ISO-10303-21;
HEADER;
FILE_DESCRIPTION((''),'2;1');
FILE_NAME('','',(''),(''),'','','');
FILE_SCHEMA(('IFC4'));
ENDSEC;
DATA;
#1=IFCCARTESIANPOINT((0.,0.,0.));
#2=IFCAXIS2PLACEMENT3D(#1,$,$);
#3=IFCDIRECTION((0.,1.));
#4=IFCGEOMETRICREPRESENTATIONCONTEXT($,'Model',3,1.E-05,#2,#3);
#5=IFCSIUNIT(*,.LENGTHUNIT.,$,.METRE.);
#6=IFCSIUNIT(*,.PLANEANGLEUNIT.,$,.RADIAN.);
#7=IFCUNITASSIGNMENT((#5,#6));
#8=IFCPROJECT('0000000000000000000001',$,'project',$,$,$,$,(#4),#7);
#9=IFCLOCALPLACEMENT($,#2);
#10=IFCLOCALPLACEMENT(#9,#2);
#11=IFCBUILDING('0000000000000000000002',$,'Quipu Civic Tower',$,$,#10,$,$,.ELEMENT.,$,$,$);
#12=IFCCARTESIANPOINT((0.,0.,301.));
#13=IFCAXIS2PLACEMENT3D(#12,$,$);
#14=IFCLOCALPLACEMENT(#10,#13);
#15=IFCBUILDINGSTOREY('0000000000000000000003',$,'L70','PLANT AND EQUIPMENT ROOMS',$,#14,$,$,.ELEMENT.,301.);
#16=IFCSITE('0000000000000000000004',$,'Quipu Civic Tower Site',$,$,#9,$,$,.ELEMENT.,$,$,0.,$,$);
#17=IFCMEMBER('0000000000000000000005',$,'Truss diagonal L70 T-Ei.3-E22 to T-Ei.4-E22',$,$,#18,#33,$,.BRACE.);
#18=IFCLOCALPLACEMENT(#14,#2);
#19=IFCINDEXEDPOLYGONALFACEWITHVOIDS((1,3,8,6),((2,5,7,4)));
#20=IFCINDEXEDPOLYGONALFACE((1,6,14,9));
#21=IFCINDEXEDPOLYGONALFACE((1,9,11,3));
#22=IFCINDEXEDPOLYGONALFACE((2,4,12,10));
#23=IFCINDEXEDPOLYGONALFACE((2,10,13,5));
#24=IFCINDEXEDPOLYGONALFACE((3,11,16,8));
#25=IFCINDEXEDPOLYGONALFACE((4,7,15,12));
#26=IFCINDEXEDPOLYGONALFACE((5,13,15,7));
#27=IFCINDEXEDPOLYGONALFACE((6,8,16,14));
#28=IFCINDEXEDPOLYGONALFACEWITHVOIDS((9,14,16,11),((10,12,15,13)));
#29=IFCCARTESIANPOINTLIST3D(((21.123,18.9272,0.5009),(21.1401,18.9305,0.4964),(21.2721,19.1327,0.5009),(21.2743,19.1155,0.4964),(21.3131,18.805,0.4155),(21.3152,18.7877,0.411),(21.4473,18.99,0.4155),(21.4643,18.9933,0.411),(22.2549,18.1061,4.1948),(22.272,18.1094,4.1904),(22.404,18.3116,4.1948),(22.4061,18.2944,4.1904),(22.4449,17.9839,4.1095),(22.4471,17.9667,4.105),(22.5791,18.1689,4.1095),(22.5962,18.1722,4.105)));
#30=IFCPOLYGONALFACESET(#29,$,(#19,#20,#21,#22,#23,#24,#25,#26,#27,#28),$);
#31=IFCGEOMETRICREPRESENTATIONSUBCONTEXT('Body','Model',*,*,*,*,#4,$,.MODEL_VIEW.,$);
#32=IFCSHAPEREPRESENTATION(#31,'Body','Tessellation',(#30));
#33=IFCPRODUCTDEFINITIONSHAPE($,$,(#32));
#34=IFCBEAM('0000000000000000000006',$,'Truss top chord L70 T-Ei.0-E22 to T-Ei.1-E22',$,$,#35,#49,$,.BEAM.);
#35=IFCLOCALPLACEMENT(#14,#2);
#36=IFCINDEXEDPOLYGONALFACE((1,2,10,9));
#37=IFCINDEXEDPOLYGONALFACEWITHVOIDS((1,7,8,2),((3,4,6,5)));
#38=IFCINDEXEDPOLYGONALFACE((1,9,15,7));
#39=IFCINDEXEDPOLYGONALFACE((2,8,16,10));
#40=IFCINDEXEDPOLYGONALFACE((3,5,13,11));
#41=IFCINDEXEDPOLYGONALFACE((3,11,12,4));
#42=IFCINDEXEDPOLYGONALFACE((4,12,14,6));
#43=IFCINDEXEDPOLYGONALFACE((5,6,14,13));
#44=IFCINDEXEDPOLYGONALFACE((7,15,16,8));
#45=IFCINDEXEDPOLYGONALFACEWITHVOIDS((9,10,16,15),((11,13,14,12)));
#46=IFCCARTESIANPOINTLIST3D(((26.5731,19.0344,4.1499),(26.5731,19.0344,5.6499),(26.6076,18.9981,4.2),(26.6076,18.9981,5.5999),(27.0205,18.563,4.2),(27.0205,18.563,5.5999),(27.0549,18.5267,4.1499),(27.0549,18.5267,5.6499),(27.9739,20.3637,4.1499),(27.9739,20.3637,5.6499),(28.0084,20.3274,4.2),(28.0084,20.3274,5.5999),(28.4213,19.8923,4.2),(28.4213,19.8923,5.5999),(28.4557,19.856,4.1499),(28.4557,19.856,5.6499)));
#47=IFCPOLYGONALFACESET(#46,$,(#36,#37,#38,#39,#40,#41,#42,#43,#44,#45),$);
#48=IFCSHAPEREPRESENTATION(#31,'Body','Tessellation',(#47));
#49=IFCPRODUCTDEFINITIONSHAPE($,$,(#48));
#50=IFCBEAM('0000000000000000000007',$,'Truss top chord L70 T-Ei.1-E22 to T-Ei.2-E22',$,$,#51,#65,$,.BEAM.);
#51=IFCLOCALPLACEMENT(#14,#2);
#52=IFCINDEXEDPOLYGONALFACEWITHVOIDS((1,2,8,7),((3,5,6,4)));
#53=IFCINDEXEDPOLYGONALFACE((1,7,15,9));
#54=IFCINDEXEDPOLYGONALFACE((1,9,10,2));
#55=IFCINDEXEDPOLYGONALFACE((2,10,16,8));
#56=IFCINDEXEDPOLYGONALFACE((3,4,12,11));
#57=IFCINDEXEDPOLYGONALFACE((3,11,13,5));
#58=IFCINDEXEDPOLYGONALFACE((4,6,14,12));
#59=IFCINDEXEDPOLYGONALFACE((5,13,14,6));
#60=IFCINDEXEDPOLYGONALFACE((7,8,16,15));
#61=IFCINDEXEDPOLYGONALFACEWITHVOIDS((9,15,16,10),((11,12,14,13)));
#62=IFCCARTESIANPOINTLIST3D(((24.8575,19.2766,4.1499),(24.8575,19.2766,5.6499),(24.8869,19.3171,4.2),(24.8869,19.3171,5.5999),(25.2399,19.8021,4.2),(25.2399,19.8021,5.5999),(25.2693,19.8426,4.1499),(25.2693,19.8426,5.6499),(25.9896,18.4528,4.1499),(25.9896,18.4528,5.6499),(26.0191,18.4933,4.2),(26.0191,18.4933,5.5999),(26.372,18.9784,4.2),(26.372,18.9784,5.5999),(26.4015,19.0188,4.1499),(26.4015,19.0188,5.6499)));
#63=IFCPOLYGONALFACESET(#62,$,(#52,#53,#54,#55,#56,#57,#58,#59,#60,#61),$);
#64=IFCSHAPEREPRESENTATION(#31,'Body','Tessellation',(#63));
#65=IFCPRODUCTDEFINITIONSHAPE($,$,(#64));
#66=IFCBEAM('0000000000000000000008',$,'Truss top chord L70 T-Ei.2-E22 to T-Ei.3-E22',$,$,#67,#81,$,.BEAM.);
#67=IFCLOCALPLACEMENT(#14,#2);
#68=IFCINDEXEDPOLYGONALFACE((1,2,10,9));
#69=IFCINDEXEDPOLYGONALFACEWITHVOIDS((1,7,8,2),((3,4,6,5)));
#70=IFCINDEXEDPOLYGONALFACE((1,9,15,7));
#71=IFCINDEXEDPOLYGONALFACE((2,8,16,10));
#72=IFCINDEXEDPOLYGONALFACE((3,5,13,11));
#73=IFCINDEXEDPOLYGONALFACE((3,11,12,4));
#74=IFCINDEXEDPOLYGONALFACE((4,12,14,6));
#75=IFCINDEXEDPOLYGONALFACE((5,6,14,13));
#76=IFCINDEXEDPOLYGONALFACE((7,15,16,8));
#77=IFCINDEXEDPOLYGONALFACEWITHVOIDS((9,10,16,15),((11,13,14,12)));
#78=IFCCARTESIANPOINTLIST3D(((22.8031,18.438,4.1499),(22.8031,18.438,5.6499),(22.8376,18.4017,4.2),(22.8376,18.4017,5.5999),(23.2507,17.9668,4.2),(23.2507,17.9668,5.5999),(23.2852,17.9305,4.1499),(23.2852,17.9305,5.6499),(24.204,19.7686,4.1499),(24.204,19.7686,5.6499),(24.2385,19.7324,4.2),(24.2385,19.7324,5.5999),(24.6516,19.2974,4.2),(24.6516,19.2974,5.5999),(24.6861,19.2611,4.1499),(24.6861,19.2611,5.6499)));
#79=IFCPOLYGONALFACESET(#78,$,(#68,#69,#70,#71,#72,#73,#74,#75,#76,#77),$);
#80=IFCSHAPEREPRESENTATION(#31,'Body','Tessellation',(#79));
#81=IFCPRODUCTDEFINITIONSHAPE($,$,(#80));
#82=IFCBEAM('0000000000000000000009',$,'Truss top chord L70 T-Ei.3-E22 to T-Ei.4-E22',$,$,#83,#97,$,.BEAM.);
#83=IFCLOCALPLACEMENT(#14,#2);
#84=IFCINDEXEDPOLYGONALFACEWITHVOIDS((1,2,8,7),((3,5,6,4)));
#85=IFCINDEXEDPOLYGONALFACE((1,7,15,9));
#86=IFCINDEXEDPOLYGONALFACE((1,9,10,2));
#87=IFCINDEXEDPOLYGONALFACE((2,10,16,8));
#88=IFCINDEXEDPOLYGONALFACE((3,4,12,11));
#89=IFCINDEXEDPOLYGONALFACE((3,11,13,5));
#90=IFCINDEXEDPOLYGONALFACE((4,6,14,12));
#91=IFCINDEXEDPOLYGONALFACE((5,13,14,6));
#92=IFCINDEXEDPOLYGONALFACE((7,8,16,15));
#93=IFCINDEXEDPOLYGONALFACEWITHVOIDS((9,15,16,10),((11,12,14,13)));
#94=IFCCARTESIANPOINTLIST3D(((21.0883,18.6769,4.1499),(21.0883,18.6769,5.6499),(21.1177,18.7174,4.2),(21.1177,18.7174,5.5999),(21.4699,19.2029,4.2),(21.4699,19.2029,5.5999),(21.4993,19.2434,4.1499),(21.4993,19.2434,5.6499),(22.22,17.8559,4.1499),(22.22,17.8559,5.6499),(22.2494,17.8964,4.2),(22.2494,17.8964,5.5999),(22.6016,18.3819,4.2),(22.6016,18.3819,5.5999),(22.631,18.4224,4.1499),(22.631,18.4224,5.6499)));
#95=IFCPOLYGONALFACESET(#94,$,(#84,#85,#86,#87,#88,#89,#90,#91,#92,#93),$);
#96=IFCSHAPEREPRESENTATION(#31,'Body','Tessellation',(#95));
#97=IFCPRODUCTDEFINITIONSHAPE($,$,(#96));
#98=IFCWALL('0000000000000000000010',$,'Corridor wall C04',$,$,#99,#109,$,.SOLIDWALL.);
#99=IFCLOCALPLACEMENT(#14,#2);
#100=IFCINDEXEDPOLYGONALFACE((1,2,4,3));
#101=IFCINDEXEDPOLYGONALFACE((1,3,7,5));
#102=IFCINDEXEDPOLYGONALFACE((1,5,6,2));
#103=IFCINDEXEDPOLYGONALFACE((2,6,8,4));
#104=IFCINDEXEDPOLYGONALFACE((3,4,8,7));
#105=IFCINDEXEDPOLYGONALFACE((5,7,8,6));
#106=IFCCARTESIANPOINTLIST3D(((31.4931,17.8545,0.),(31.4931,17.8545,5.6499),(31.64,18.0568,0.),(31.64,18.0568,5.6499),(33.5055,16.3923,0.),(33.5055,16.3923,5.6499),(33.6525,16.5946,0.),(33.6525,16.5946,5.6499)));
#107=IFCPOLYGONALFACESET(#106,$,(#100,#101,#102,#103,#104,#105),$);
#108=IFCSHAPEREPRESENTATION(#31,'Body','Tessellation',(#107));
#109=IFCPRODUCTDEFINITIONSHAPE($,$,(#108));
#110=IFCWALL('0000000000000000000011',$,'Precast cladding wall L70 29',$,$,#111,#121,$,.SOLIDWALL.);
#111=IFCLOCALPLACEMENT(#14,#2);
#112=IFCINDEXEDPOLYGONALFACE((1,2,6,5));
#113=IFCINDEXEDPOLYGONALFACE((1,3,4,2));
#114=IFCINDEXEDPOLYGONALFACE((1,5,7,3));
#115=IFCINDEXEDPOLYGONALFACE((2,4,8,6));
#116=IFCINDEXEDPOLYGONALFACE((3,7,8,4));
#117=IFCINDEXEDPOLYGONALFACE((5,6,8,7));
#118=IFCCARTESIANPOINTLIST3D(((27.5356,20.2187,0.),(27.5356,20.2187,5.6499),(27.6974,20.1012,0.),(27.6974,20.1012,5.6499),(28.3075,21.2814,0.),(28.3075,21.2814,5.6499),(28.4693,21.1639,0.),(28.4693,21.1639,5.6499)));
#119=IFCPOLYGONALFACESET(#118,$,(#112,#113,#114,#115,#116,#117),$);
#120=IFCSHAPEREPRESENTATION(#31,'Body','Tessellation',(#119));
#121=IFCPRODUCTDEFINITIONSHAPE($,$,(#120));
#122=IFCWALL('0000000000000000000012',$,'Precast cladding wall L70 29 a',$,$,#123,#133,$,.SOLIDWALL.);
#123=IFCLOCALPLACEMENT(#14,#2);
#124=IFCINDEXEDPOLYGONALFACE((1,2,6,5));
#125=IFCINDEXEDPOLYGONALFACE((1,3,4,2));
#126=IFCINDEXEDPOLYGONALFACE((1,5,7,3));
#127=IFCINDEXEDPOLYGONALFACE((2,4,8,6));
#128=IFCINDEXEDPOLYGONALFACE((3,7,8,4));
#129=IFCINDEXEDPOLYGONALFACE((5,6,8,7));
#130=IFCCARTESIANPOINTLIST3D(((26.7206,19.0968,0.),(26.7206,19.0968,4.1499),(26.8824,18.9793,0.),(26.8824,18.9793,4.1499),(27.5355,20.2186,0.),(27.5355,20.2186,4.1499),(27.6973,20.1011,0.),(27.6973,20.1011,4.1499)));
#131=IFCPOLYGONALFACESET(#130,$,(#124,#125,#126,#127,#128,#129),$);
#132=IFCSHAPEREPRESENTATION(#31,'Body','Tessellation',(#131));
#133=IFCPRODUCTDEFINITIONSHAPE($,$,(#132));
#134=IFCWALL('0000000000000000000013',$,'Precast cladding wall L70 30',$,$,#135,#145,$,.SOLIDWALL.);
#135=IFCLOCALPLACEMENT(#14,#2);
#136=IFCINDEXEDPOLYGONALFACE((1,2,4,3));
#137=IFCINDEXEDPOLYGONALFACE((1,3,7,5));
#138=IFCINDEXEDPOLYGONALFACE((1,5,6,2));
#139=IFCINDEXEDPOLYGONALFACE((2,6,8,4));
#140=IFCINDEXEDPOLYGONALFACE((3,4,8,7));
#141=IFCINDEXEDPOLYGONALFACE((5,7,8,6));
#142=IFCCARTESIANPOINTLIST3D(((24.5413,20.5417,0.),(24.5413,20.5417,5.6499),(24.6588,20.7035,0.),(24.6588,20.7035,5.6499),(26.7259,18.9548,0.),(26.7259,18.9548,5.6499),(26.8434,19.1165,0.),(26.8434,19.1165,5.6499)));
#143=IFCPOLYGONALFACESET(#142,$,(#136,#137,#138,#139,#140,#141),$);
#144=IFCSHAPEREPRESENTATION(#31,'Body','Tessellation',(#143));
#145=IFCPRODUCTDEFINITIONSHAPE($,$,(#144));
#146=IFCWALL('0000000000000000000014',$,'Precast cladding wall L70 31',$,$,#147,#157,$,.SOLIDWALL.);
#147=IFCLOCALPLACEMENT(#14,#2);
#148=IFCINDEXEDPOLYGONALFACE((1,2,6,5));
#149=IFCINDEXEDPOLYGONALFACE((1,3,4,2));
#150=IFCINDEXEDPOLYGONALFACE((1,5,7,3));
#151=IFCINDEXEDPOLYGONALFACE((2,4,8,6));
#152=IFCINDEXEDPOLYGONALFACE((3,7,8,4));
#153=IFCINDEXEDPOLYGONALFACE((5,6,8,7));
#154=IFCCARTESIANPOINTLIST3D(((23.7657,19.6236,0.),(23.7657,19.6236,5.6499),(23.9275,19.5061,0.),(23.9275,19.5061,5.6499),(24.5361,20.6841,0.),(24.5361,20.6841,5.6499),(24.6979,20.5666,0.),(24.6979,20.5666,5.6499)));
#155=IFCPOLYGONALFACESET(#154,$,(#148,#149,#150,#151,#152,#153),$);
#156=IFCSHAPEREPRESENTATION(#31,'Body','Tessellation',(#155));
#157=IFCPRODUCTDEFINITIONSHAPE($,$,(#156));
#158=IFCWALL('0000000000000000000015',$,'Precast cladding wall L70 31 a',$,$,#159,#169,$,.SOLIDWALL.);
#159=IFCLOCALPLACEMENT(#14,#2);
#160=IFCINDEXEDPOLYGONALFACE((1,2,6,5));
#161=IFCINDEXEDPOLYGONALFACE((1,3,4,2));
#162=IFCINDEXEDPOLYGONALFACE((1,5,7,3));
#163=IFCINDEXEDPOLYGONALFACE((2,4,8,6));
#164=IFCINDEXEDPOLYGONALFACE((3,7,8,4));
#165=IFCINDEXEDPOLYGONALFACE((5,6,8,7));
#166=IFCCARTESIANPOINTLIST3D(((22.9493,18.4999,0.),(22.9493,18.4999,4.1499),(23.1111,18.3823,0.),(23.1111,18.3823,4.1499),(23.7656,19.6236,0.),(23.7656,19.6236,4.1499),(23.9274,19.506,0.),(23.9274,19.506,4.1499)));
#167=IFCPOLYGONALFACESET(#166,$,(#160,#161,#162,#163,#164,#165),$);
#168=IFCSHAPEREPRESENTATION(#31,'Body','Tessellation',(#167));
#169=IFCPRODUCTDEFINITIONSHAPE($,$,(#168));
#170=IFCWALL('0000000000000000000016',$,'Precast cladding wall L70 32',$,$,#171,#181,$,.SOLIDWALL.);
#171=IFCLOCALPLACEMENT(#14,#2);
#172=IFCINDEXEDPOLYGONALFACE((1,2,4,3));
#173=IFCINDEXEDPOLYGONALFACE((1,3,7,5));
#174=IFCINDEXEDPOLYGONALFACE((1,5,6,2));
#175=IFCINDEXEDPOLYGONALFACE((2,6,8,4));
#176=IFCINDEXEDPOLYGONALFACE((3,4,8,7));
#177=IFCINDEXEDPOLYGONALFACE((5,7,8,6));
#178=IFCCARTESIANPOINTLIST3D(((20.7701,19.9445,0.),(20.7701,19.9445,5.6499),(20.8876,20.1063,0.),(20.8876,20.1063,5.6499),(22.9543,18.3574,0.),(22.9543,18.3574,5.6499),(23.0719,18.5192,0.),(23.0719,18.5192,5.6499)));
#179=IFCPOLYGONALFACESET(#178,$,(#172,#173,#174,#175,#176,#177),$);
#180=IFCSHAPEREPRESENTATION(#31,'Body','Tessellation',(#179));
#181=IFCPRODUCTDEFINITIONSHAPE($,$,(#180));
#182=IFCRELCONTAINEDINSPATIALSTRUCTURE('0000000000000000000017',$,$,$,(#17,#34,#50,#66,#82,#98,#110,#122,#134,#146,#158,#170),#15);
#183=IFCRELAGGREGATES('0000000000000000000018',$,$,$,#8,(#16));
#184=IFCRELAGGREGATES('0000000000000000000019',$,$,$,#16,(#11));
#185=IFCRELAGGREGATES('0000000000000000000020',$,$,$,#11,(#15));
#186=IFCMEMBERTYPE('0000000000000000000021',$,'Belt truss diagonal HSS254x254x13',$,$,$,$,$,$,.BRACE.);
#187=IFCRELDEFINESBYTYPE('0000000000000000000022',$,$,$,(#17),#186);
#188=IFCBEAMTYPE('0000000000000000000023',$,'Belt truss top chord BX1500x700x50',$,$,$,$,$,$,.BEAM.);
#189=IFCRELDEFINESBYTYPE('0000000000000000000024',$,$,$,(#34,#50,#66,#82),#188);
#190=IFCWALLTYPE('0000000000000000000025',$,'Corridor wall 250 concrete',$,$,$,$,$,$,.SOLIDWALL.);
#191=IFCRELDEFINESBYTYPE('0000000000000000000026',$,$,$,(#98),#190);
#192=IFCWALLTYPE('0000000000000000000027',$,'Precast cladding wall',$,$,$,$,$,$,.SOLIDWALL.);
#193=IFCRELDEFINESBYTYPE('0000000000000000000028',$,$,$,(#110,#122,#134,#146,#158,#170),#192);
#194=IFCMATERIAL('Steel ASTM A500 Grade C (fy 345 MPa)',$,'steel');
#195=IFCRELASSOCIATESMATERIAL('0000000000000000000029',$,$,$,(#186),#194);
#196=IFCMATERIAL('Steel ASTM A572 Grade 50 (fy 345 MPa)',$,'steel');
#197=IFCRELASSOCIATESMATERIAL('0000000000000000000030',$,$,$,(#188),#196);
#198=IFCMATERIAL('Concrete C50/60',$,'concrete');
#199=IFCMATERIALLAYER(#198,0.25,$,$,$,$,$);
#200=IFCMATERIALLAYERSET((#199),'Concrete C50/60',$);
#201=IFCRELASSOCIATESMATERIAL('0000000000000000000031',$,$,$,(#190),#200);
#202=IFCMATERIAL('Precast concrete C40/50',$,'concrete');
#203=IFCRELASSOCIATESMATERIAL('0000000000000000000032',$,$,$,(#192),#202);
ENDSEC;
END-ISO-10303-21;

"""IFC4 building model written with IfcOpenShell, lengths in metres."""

from ifc_helpers import new_model, si_unit, direction, frame, frame_2d, origin, origin_2d, place, context, subcontext, project, spatial, rectangle, hollow_rectangle, extrude, material, layer, layer_set, material_profile, profile_set, type_object, element, save


model = new_model("IFC4")

# Units and contexts
model_context = context("Model", 3, precision=1e-05, world=origin(), true_north=direction((0.0, 1.0)))
body_context = subcontext(model_context, "Body", "Model", "MODEL_VIEW")
ifc_project = project(units=[si_unit("LENGTHUNIT", "METRE"), si_unit("PLANEANGLEUNIT", "RADIAN")], contexts=[model_context])

# Site, building, storey
site_placement = place(None, origin())
site = spatial("IfcSite", under=ifc_project, at=site_placement, Name="Quipu Civic Tower Site", CompositionType="ELEMENT", RefElevation=0.0)
building_placement = place(site_placement, origin())
building = spatial("IfcBuilding", under=site, at=building_placement, Name="Quipu Civic Tower", CompositionType="ELEMENT")
storey_placement = place(building_placement, frame((0.0, 0.0, 301.0)))
storey = spatial("IfcBuildingStorey", under=building, at=storey_placement, Name="L70", Description="PLANT AND EQUIPMENT ROOMS", CompositionType="ELEMENT", Elevation=301.0)

# Member
ifc_material_1 = material(Name="Steel ASTM A500 Grade C (fy 345 MPa)", Category="steel")
ifc_material_profile_1 = material_profile(ifc_material_1, hollow_rectangle(XDim=0.2539, YDim=0.2539, WallThickness=0.0127, at=origin_2d()), Name="HSS254x254x13")
ifc_profile_set_1 = profile_set([ifc_material_profile_1], Name="Steel ASTM A500 Grade C (fy 345 MPa)")
member_type = type_object("IfcMemberType", Name="Belt truss diagonal HSS254x254x13", PredefinedType="BRACE", material=ifc_profile_set_1)
member_1_placement = place(storey_placement, frame((22.4255, 18.1392, 4.1499), z_axis=(-0.286567, 0.207878, -0.935236), x_axis=(-0.587185, -0.809453, 0.0)))
element("IfcMember", 1, at=member_1_placement, inside=storey, type_object=member_type, Name="Truss diagonal L70 T-Ei.3-E22 to T-Ei.4-E22", PredefinedType="BRACE", context=body_context, shape_type="SweptSolid", body=[
    extrude(hollow_rectangle(XDim=0.2539, YDim=0.2539, WallThickness=0.0127, at=origin_2d()), origin(), (0.0, 0.0, 1.0), 3.9497),
])

# Beams
ifc_material_2 = material(Name="Steel ASTM A572 Grade 50 (fy 345 MPa)", Category="steel")
ifc_material_profile_2 = material_profile(ifc_material_2, hollow_rectangle(XDim=0.7, YDim=1.5, WallThickness=0.05, at=origin_2d()), Name="BX1500x700x50")
ifc_profile_set_2 = profile_set([ifc_material_profile_2], Name="Steel ASTM A572 Grade 50 (fy 345 MPa)")
beam_type_1 = type_object("IfcBeamType", Name="Belt truss top chord BX1500x700x50", PredefinedType="BEAM", material=ifc_profile_set_2)
beam_1_placement = place(storey_placement, frame((28.2148, 20.1099, 4.8999), z_axis=(-0.725384, -0.688344, 0.0), x_axis=(0.688344, -0.725384, 0.0)))
element("IfcBeam", 2, at=beam_1_placement, inside=storey, type_object=beam_type_1, Name="Truss top chord L70 T-Ei.0-E22 to T-Ei.1-E22", PredefinedType="BEAM", context=body_context, shape_type="SweptSolid", body=[
    extrude(hollow_rectangle(XDim=0.7, YDim=1.5, WallThickness=0.05, at=origin_2d()), origin(), (0.0, 0.0, 1.0), 1.9312),
])
beam_2_placement = place(storey_placement, frame((26.1956, 18.7358, 4.8999), z_axis=(-0.8086, 0.588358, 0.0), x_axis=(-0.588358, -0.8086, 0.0)))
element("IfcBeam", 3, at=beam_2_placement, inside=storey, type_object=beam_type_1, Name="Truss top chord L70 T-Ei.1-E22 to T-Ei.2-E22", PredefinedType="BEAM", context=body_context, shape_type="SweptSolid", body=[
    extrude(hollow_rectangle(XDim=0.7, YDim=1.5, WallThickness=0.05, at=origin_2d()), origin(), (0.0, 0.0, 1.0), 1.4001),
])
beam_3_placement = place(storey_placement, frame((24.4451, 19.5149, 4.8999), z_axis=(-0.725069, -0.688676, 0.0), x_axis=(0.688676, -0.725069, 0.0)))
element("IfcBeam", 4, at=beam_3_placement, inside=storey, type_object=beam_type_1, Name="Truss top chord L70 T-Ei.2-E22 to T-Ei.3-E22", PredefinedType="BEAM", context=body_context, shape_type="SweptSolid", body=[
    extrude(hollow_rectangle(XDim=0.7, YDim=1.5, WallThickness=0.05, at=origin_2d()), origin(), (0.0, 0.0, 1.0), 1.9321),
])
beam_4_placement = place(storey_placement, frame((22.4255, 18.1392, 4.8999), z_axis=(-0.809453, 0.587185, 0.0), x_axis=(-0.587185, -0.809453, 0.0)))
element("IfcBeam", 5, at=beam_4_placement, inside=storey, type_object=beam_type_1, Name="Truss top chord L70 T-Ei.3-E22 to T-Ei.4-E22", PredefinedType="BEAM", context=body_context, shape_type="SweptSolid", body=[
    extrude(hollow_rectangle(XDim=0.7, YDim=1.5, WallThickness=0.05, at=origin_2d()), origin(), (0.0, 0.0, 1.0), 1.3982),
])

# Walls
ifc_material_3 = material(Name="Concrete C50/60", Category="concrete")
ifc_layer = layer(ifc_material_3, 0.25)
ifc_layer_set = layer_set([ifc_layer], Name="Concrete C50/60")
wall_type_1 = type_object("IfcWallType", Name="Corridor wall 250 concrete", PredefinedType="SOLIDWALL", material=ifc_layer_set)
wall_1_placement = place(storey_placement, frame((31.5667, 17.9556, 0.0), z_axis=(0.0, 0.0, 1.0), x_axis=(0.809012, -0.587792, 0.0)))
element("IfcWall", 6, at=wall_1_placement, inside=storey, type_object=wall_type_1, Name="Corridor wall C04", PredefinedType="SOLIDWALL", context=body_context, shape_type="SweptSolid", body=[
    extrude(rectangle(XDim=2.4875, YDim=0.25, at=frame_2d((1.2437, 0.0))), origin(), (0.0, 0.0, 1.0), 5.6499),
])
ifc_material_4 = material(Name="Precast concrete C40/50", Category="concrete")
wall_type_2 = type_object("IfcWallType", Name="Precast cladding wall", PredefinedType="SOLIDWALL", material=ifc_material_4)
wall_2_placement = place(storey_placement, frame((28.3884, 21.2227, 0.0), z_axis=(0.0, 0.0, 1.0), x_axis=(-0.587707, -0.809074, 0.0)))
element("IfcWall", 7, at=wall_2_placement, inside=storey, type_object=wall_type_2, Name="Precast cladding wall L70 29", PredefinedType="SOLIDWALL", context=body_context, shape_type="SweptSolid", body=[
    extrude(rectangle(XDim=1.3135, YDim=0.2, at=frame_2d((0.6567, 0.0))), origin(), (0.0, 0.0, 1.0), 5.6499),
])
wall_3_placement = place(storey_placement, frame((27.6165, 20.1599, 0.0), z_axis=(0.0, 0.0, 1.0), x_axis=(-0.587732, -0.809056, 0.0)))
element("IfcWall", 8, at=wall_3_placement, inside=storey, type_object=wall_type_2, Name="Precast cladding wall L70 29 a", PredefinedType="SOLIDWALL", context=body_context, shape_type="SweptSolid", body=[
    extrude(rectangle(XDim=1.3865, YDim=0.2, at=frame_2d((0.6934, 0.0))), origin(), (0.0, 0.0, 1.0), 4.1499),
])
wall_4_placement = place(storey_placement, frame((26.7847, 19.0356, 0.0), z_axis=(0.0, 0.0, 1.0), x_axis=(-0.809064, 0.58772, 0.0)))
element("IfcWall", 9, at=wall_4_placement, inside=storey, type_object=wall_type_2, Name="Precast cladding wall L70 30", PredefinedType="SOLIDWALL", context=body_context, shape_type="SweptSolid", body=[
    extrude(rectangle(XDim=2.7002, YDim=0.2, at=frame_2d((1.3501, 0.0))), origin(), (0.0, 0.0, 1.0), 5.6499),
])
wall_5_placement = place(storey_placement, frame((24.6169, 20.6252, 0.0), z_axis=(0.0, 0.0, 1.0), x_axis=(-0.587773, -0.809026, 0.0)))
element("IfcWall", 10, at=wall_5_placement, inside=storey, type_object=wall_type_2, Name="Precast cladding wall L70 31", PredefinedType="SOLIDWALL", context=body_context, shape_type="SweptSolid", body=[
    extrude(rectangle(XDim=1.3108, YDim=0.2, at=frame_2d((0.6553, 0.0))), origin(), (0.0, 0.0, 1.0), 5.6499),
])
wall_6_placement = place(storey_placement, frame((23.8464, 19.5647, 0.0), z_axis=(0.0, 0.0, 1.0), x_axis=(-0.587754, -0.80904, 0.0)))
element("IfcWall", 11, at=wall_6_placement, inside=storey, type_object=wall_type_2, Name="Precast cladding wall L70 31 a", PredefinedType="SOLIDWALL", context=body_context, shape_type="SweptSolid", body=[
    extrude(rectangle(XDim=1.3889, YDim=0.2, at=frame_2d((0.6943, 0.0))), origin(), (0.0, 0.0, 1.0), 4.1499),
])
wall_7_placement = place(storey_placement, frame((23.0132, 18.4382, 0.0), z_axis=(0.0, 0.0, 1.0), x_axis=(-0.80899, 0.587822, 0.0)))
element("IfcWall", 12, at=wall_7_placement, inside=storey, type_object=wall_type_2, Name="Precast cladding wall L70 32", PredefinedType="SOLIDWALL", context=body_context, shape_type="SweptSolid", body=[
    extrude(rectangle(XDim=2.7, YDim=0.2, at=frame_2d((1.3501, 0.0))), origin(), (0.0, 0.0, 1.0), 5.6499),
])

save(model, "model.ifc")
